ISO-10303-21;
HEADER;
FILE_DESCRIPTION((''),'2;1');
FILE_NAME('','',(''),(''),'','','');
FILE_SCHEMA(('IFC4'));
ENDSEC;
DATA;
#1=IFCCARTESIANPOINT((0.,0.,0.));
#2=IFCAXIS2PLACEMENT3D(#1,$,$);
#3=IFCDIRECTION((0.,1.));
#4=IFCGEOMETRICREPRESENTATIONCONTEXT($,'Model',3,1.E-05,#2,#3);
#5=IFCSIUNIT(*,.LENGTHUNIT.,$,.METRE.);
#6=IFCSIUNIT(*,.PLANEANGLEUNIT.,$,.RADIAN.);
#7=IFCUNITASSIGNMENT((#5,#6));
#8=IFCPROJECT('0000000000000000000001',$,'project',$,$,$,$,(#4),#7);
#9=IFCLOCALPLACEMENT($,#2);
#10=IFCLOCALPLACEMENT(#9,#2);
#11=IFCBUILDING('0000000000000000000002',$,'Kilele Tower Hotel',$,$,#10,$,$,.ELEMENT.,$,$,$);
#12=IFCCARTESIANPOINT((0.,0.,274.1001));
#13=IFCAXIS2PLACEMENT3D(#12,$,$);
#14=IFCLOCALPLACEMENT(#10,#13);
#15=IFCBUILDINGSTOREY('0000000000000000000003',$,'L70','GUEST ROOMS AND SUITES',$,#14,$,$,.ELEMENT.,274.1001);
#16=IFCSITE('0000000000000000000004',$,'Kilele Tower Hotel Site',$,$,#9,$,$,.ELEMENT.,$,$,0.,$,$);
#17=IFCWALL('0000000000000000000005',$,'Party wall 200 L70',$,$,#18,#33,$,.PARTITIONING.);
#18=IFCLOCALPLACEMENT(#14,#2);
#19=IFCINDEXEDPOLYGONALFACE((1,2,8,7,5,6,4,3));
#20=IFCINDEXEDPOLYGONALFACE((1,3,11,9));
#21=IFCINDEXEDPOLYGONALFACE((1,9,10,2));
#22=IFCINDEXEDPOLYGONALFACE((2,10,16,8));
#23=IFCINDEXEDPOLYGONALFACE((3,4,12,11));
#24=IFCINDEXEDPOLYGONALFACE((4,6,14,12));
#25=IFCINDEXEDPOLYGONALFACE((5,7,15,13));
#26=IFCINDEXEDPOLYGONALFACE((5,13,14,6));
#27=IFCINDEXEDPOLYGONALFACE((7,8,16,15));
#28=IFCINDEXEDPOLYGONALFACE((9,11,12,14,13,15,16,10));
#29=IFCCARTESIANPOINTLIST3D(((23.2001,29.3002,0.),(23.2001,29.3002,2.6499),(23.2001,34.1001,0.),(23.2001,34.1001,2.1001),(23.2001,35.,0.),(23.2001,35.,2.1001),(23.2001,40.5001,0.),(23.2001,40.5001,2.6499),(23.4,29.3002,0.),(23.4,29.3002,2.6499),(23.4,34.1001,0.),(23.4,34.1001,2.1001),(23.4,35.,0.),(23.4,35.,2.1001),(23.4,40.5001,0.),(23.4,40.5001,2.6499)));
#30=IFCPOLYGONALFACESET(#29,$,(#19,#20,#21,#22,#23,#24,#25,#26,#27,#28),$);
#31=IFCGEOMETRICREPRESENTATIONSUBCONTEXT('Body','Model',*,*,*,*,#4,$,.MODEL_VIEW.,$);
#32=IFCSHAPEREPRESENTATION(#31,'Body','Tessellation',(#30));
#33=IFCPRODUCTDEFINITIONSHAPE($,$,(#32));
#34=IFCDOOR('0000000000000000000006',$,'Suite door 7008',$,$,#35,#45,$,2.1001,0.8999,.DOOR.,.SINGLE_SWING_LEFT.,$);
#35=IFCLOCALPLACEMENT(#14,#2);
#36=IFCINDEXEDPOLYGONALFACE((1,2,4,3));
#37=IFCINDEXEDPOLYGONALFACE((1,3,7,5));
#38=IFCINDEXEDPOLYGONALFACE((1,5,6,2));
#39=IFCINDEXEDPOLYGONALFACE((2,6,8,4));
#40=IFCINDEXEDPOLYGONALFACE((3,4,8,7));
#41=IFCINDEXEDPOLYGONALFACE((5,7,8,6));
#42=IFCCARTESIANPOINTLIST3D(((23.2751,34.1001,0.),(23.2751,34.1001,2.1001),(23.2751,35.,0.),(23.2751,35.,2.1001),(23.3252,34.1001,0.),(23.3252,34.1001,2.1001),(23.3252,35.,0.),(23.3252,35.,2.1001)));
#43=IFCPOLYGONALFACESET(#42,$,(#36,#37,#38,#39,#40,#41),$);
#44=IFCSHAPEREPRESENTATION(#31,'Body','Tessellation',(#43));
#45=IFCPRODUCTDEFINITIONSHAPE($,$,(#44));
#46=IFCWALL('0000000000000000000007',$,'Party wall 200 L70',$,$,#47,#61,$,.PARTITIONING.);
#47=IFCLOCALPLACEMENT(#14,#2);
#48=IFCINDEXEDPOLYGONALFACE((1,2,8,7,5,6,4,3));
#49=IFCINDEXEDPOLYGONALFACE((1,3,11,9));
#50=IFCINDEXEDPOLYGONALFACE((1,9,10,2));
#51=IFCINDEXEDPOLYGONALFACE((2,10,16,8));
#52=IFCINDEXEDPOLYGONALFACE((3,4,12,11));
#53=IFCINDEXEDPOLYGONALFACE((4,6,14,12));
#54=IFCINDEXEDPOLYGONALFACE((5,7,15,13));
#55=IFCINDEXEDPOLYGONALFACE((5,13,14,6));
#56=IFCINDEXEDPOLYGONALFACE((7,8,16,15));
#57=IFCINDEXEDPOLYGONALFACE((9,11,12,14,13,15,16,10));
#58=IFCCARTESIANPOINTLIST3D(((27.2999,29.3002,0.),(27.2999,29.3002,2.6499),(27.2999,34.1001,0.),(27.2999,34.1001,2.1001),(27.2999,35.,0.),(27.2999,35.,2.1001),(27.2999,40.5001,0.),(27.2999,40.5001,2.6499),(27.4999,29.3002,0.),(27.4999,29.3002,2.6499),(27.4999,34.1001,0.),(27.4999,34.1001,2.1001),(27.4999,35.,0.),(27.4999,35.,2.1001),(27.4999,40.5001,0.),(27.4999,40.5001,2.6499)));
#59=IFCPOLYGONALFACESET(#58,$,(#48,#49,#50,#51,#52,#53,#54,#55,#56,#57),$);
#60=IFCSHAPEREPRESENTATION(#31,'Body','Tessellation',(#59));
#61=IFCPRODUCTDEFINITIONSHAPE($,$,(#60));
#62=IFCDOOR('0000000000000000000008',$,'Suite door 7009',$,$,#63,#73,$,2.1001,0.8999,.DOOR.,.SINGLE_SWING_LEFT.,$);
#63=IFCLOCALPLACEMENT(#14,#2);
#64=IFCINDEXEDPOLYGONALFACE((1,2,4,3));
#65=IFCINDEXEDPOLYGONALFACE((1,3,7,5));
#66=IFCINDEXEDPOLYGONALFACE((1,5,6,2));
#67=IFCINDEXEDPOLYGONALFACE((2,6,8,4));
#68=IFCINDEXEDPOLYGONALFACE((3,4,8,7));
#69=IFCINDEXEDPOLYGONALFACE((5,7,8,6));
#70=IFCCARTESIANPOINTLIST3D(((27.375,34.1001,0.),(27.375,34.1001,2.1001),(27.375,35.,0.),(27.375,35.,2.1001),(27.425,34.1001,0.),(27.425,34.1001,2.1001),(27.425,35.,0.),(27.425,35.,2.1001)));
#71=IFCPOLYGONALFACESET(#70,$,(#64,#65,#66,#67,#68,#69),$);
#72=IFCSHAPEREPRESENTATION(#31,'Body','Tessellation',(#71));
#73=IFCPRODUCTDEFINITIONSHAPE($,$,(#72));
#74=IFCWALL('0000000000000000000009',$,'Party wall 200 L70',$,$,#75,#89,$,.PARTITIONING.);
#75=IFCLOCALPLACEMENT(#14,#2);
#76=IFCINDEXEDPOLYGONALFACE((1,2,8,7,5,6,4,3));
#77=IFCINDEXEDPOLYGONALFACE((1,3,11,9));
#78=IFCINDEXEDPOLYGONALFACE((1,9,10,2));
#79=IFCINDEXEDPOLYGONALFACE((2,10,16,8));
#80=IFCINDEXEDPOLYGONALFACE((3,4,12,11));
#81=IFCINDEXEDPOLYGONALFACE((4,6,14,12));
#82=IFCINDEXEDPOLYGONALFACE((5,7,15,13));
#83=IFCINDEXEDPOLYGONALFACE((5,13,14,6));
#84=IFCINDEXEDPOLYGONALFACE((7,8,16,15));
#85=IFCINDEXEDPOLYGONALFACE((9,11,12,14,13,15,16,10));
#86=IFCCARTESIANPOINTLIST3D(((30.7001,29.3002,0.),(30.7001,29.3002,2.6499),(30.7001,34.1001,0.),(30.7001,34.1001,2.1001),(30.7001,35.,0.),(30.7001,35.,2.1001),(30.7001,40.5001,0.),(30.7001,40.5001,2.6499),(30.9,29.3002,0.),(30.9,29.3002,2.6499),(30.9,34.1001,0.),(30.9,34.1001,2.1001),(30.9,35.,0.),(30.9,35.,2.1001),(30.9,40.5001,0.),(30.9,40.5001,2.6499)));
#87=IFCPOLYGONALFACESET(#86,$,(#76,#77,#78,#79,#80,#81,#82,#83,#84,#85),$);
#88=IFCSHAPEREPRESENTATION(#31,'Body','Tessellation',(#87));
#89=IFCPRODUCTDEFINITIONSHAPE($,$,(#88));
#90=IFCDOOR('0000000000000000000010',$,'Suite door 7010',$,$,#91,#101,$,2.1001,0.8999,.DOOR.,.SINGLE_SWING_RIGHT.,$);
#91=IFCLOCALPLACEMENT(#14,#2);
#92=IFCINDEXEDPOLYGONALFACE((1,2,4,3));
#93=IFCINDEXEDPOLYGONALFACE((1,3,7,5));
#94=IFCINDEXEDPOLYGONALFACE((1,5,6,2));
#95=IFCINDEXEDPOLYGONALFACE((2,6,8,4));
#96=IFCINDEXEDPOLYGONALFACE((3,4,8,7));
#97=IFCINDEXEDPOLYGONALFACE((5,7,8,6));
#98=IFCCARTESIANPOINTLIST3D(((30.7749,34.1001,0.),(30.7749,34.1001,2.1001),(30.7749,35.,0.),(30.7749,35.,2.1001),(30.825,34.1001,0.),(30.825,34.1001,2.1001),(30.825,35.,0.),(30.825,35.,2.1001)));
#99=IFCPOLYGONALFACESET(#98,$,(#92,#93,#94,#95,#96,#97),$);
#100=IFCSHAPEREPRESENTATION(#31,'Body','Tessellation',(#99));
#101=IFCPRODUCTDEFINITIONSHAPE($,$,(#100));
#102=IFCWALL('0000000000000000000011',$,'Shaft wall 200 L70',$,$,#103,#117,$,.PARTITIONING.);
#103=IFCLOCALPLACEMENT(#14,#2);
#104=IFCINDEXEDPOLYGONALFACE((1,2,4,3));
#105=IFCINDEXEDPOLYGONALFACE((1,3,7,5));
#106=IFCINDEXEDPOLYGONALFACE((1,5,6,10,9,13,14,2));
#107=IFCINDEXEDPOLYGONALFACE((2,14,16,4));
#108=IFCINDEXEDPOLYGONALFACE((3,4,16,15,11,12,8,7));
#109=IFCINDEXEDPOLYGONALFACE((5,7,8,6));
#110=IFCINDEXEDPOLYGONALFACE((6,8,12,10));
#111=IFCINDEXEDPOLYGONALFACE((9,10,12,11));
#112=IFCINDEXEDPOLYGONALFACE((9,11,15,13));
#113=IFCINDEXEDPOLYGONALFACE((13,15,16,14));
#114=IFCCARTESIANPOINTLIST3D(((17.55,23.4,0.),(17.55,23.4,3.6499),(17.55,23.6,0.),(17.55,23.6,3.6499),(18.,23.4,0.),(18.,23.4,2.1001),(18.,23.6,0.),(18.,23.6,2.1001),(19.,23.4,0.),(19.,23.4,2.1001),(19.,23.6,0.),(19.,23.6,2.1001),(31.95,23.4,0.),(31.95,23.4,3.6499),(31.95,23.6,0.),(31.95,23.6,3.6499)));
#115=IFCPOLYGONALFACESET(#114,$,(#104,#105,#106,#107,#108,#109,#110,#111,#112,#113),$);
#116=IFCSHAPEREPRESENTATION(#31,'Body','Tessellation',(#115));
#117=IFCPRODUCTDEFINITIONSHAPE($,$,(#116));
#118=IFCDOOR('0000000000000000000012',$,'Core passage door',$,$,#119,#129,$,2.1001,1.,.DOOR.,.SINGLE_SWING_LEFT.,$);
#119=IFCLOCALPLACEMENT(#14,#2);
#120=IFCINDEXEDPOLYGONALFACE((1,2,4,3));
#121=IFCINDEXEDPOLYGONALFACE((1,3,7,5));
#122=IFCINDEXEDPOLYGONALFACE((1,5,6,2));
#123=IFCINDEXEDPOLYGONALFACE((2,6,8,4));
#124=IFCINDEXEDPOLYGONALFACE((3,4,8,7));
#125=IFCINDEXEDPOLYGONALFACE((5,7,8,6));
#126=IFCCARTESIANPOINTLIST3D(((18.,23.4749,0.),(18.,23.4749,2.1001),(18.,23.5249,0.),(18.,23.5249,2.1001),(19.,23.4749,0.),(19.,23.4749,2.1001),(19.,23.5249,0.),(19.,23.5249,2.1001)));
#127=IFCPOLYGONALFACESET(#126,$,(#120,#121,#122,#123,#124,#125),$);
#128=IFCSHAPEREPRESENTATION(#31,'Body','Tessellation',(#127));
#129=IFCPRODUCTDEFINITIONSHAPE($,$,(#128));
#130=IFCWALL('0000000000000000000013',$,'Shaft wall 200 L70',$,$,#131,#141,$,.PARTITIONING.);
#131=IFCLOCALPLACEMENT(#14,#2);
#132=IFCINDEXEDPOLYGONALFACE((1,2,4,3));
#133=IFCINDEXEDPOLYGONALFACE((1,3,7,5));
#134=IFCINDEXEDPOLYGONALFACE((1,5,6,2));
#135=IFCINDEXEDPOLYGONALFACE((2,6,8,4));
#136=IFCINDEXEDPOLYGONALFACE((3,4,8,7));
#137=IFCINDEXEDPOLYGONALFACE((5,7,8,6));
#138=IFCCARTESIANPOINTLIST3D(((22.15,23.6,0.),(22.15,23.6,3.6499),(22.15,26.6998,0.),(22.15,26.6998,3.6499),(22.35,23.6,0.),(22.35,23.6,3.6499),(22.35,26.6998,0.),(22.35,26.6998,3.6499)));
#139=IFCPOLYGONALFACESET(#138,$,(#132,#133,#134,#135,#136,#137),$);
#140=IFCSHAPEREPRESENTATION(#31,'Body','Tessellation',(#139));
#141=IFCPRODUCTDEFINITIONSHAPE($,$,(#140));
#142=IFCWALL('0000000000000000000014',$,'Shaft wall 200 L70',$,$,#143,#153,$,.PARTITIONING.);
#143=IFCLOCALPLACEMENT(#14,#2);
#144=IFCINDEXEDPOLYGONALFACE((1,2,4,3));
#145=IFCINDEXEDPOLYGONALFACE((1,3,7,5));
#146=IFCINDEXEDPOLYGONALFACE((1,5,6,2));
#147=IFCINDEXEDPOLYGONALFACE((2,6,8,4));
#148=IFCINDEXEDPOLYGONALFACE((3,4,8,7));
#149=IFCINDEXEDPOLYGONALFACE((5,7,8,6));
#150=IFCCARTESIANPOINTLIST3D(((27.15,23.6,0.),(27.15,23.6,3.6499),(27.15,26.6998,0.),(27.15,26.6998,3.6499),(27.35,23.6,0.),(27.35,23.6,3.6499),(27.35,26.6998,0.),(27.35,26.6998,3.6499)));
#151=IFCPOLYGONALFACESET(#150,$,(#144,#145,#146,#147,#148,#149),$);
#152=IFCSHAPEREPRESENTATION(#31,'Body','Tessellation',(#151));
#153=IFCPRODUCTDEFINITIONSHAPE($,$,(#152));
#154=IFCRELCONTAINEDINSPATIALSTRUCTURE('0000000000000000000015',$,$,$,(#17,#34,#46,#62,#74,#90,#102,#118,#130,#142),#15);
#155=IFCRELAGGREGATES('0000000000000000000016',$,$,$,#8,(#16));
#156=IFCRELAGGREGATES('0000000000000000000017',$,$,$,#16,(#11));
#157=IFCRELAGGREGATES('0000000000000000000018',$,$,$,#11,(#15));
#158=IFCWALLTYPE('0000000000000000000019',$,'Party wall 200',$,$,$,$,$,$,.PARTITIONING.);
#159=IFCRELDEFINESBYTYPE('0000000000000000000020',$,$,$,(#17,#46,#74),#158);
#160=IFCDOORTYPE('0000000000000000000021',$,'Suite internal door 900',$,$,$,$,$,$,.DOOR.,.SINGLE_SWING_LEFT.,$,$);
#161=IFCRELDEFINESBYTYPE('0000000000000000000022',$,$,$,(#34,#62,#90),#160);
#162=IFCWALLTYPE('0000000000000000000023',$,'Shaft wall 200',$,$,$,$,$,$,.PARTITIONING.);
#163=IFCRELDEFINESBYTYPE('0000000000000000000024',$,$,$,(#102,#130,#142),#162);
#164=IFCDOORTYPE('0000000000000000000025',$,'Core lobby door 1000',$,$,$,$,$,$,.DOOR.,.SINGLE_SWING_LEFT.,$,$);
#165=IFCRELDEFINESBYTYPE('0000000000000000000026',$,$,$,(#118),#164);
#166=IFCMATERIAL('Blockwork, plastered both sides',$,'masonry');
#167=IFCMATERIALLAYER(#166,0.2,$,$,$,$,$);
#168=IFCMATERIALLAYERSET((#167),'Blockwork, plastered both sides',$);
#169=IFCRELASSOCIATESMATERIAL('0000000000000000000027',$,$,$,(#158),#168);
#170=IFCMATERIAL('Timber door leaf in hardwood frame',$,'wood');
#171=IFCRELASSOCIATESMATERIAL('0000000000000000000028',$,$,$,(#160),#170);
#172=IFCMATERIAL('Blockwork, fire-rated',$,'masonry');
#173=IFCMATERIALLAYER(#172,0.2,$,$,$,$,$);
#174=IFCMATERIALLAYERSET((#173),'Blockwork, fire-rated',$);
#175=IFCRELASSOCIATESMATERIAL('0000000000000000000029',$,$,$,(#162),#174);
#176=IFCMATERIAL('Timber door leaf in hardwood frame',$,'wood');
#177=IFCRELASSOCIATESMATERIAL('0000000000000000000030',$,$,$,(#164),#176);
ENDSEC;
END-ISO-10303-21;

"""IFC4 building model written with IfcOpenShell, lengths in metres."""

from ifc_helpers import new_model, si_unit, direction, frame, frame_2d, origin, place, context, subcontext, project, spatial, rectangle, extrude, material, layer, layer_set, type_object, element, fill, save


model = new_model("IFC4")

# Units and contexts
model_context = context("Model", 3, precision=1e-05, world=origin(), true_north=direction((0.0, 1.0)))
body_context = subcontext(model_context, "Body", "Model", "MODEL_VIEW")
ifc_project = project(units=[si_unit("LENGTHUNIT", "METRE"), si_unit("PLANEANGLEUNIT", "RADIAN")], contexts=[model_context])

# Site, building, storey
site_placement = place(None, origin())
site = spatial("IfcSite", under=ifc_project, at=site_placement, Name="Kilele Tower Hotel Site", CompositionType="ELEMENT", RefElevation=0.0)
building_placement = place(site_placement, origin())
building = spatial("IfcBuilding", under=site, at=building_placement, Name="Kilele Tower Hotel", CompositionType="ELEMENT")
storey_placement = place(building_placement, frame((0.0, 0.0, 274.1001)))
storey = spatial("IfcBuildingStorey", under=building, at=storey_placement, Name="L70", Description="GUEST ROOMS AND SUITES", CompositionType="ELEMENT", Elevation=274.1001)

# Walls, openings, doors
ifc_material_1 = material(Name="Blockwork, plastered both sides", Category="masonry")
ifc_layer_1 = layer(ifc_material_1, 0.2)
ifc_layer_set_1 = layer_set([ifc_layer_1], Name="Blockwork, plastered both sides")
wall_type_1 = type_object("IfcWallType", Name="Party wall 200", PredefinedType="PARTITIONING", material=ifc_layer_set_1)
wall_1_placement = place(storey_placement, frame((23.3, 29.3, 0.0), z_axis=(0.0, 0.0, 1.0), x_axis=(0.0, 1.0, 0.0)))
wall_1 = element("IfcWall", 1, at=wall_1_placement, inside=storey, type_object=wall_type_1, Name="Party wall 200 L70", PredefinedType="PARTITIONING", context=body_context, shape_type="SweptSolid", body=[
    extrude(rectangle(XDim=11.2, YDim=0.2, at=frame_2d((5.6001, 0.0))), origin(), (0.0, 0.0, 1.0), 2.6499),
])
opening_1_placement = place(wall_1_placement, frame((4.8, 0.0, 0.0)))
opening_1 = element("IfcOpeningElement", 2, at=opening_1_placement, cuts=wall_1, PredefinedType="OPENING", context=body_context, shape_type="SweptSolid", body=[
    extrude(rectangle(XDim=0.8999, YDim=2.1001, at=frame_2d((0.45, 1.05))), frame((0.0, 0.1099, 0.0), z_axis=(0.0, -1.0, 0.0), x_axis=(1.0, 0.0, 0.0)), (0.0, 0.0, 1.0), 0.22),
])
ifc_material_2 = material(Name="Timber door leaf in hardwood frame", Category="wood")
door_type_1 = type_object("IfcDoorType", Name="Suite internal door 900", OperationType="SINGLE_SWING_LEFT", PredefinedType="DOOR", material=ifc_material_2)
door_1_placement = place(opening_1_placement, origin())
door_1 = element("IfcDoor", 3, at=door_1_placement, inside=storey, type_object=door_type_1, Name="Suite door 7008", OperationType="SINGLE_SWING_LEFT", OverallHeight=2.1001, OverallWidth=0.8999, PredefinedType="DOOR", context=body_context, shape_type="SweptSolid", body=[
    extrude(rectangle(XDim=0.8999, YDim=2.1001, at=frame_2d((0.45, 1.05))), frame((0.0, 0.0249, 0.0), z_axis=(0.0, -1.0, 0.0), x_axis=(1.0, 0.0, 0.0)), (0.0, 0.0, 1.0), 0.05),
])
fill(opening_1, door_1)
wall_2_placement = place(storey_placement, frame((27.3999, 29.3, 0.0), z_axis=(0.0, 0.0, 1.0), x_axis=(0.0, 1.0, 0.0)))
wall_2 = element("IfcWall", 4, at=wall_2_placement, inside=storey, type_object=wall_type_1, Name="Party wall 200 L70", PredefinedType="PARTITIONING", context=body_context, shape_type="SweptSolid", body=[
    extrude(rectangle(XDim=11.2, YDim=0.2, at=frame_2d((5.6001, 0.0))), origin(), (0.0, 0.0, 1.0), 2.6499),
])
opening_2_placement = place(wall_2_placement, frame((4.8, 0.0, 0.0)))
opening_2 = element("IfcOpeningElement", 5, at=opening_2_placement, cuts=wall_2, PredefinedType="OPENING", context=body_context, shape_type="SweptSolid", body=[
    extrude(rectangle(XDim=0.8999, YDim=2.1001, at=frame_2d((0.45, 1.05))), frame((0.0, 0.1099, 0.0), z_axis=(0.0, -1.0, 0.0), x_axis=(1.0, 0.0, 0.0)), (0.0, 0.0, 1.0), 0.22),
])
door_2_placement = place(opening_2_placement, origin())
door_2 = element("IfcDoor", 6, at=door_2_placement, inside=storey, type_object=door_type_1, Name="Suite door 7009", OperationType="SINGLE_SWING_LEFT", OverallHeight=2.1001, OverallWidth=0.8999, PredefinedType="DOOR", context=body_context, shape_type="SweptSolid", body=[
    extrude(rectangle(XDim=0.8999, YDim=2.1001, at=frame_2d((0.45, 1.05))), frame((0.0, 0.0249, 0.0), z_axis=(0.0, -1.0, 0.0), x_axis=(1.0, 0.0, 0.0)), (0.0, 0.0, 1.0), 0.05),
])
fill(opening_2, door_2)
wall_3_placement = place(storey_placement, frame((30.8, 29.3, 0.0), z_axis=(0.0, 0.0, 1.0), x_axis=(0.0, 1.0, 0.0)))
wall_3 = element("IfcWall", 7, at=wall_3_placement, inside=storey, type_object=wall_type_1, Name="Party wall 200 L70", PredefinedType="PARTITIONING", context=body_context, shape_type="SweptSolid", body=[
    extrude(rectangle(XDim=11.2, YDim=0.2, at=frame_2d((5.6001, 0.0))), origin(), (0.0, 0.0, 1.0), 2.6499),
])
opening_3_placement = place(wall_3_placement, frame((5.7, 0.0, 0.0), z_axis=(0.0, 0.0, 1.0), x_axis=(-1.0, 0.0, 0.0)))
opening_3 = element("IfcOpeningElement", 8, at=opening_3_placement, cuts=wall_3, PredefinedType="OPENING", context=body_context, shape_type="SweptSolid", body=[
    extrude(rectangle(XDim=0.8999, YDim=2.1001, at=frame_2d((0.45, 1.05))), frame((0.0, 0.1099, 0.0), z_axis=(0.0, -1.0, 0.0), x_axis=(1.0, 0.0, 0.0)), (0.0, 0.0, 1.0), 0.22),
])
door_3_placement = place(opening_3_placement, origin())
door_3 = element("IfcDoor", 9, at=door_3_placement, inside=storey, type_object=door_type_1, Name="Suite door 7010", OperationType="SINGLE_SWING_RIGHT", OverallHeight=2.1001, OverallWidth=0.8999, PredefinedType="DOOR", context=body_context, shape_type="SweptSolid", body=[
    extrude(rectangle(XDim=0.8999, YDim=2.1001, at=frame_2d((0.45, 1.05))), frame((0.0, 0.0249, 0.0), z_axis=(0.0, -1.0, 0.0), x_axis=(1.0, 0.0, 0.0)), (0.0, 0.0, 1.0), 0.05),
])
fill(opening_3, door_3)
ifc_material_3 = material(Name="Blockwork, fire-rated", Category="masonry")
ifc_layer_2 = layer(ifc_material_3, 0.2)
ifc_layer_set_2 = layer_set([ifc_layer_2], Name="Blockwork, fire-rated")
wall_type_2 = type_object("IfcWallType", Name="Shaft wall 200", PredefinedType="PARTITIONING", material=ifc_layer_set_2)
wall_4_placement = place(storey_placement, frame((17.55, 23.5, 0.0), z_axis=(0.0, 0.0, 1.0), x_axis=(1.0, 0.0, 0.0)))
wall_4 = element("IfcWall", 10, at=wall_4_placement, inside=storey, type_object=wall_type_2, Name="Shaft wall 200 L70", PredefinedType="PARTITIONING", context=body_context, shape_type="SweptSolid", body=[
    extrude(rectangle(XDim=14.3999, YDim=0.2, at=frame_2d((7.2, 0.0))), origin(), (0.0, 0.0, 1.0), 3.6499),
])
opening_4_placement = place(wall_4_placement, frame((0.45, 0.0, 0.0)))
opening_4 = element("IfcOpeningElement", 11, at=opening_4_placement, cuts=wall_4, PredefinedType="OPENING", context=body_context, shape_type="SweptSolid", body=[
    extrude(rectangle(XDim=1.0, YDim=2.1001, at=frame_2d((0.5, 1.05))), frame((0.0, 0.1099, 0.0), z_axis=(0.0, -1.0, 0.0), x_axis=(1.0, 0.0, 0.0)), (0.0, 0.0, 1.0), 0.22),
])
ifc_material_4 = material(Name="Timber door leaf in hardwood frame", Category="wood")
door_type_2 = type_object("IfcDoorType", Name="Core lobby door 1000", OperationType="SINGLE_SWING_LEFT", PredefinedType="DOOR", material=ifc_material_4)
door_4_placement = place(opening_4_placement, origin())
door_4 = element("IfcDoor", 12, at=door_4_placement, inside=storey, type_object=door_type_2, Name="Core passage door", OperationType="SINGLE_SWING_LEFT", OverallHeight=2.1001, OverallWidth=1.0, PredefinedType="DOOR", context=body_context, shape_type="SweptSolid", body=[
    extrude(rectangle(XDim=1.0, YDim=2.1001, at=frame_2d((0.5, 1.05))), frame((0.0, 0.0249, 0.0), z_axis=(0.0, -1.0, 0.0), x_axis=(1.0, 0.0, 0.0)), (0.0, 0.0, 1.0), 0.05),
])
fill(opening_4, door_4)

# Walls
for number, where, z_axis, x_axis, name in (
    (13, (22.25, 23.6001, 0.0), (0.0, 0.0, 1.0), (0.0, 1.0, 0.0), "Shaft wall 200 L70"),
    (14, (27.25, 23.6001, 0.0), (0.0, 0.0, 1.0), (0.0, 1.0, 0.0), "Shaft wall 200 L70"),
):
    element("IfcWall", number, at=place(storey_placement, frame(where, z_axis=z_axis, x_axis=x_axis)), inside=storey, type_object=wall_type_2, Name=name, PredefinedType="PARTITIONING", context=body_context, shape_type="SweptSolid", body=[
        extrude(rectangle(XDim=3.0999, YDim=0.2, at=frame_2d((1.5498, 0.0))), origin(), (0.0, 0.0, 1.0), 3.6499),
    ])

save(model, "model.ifc")
